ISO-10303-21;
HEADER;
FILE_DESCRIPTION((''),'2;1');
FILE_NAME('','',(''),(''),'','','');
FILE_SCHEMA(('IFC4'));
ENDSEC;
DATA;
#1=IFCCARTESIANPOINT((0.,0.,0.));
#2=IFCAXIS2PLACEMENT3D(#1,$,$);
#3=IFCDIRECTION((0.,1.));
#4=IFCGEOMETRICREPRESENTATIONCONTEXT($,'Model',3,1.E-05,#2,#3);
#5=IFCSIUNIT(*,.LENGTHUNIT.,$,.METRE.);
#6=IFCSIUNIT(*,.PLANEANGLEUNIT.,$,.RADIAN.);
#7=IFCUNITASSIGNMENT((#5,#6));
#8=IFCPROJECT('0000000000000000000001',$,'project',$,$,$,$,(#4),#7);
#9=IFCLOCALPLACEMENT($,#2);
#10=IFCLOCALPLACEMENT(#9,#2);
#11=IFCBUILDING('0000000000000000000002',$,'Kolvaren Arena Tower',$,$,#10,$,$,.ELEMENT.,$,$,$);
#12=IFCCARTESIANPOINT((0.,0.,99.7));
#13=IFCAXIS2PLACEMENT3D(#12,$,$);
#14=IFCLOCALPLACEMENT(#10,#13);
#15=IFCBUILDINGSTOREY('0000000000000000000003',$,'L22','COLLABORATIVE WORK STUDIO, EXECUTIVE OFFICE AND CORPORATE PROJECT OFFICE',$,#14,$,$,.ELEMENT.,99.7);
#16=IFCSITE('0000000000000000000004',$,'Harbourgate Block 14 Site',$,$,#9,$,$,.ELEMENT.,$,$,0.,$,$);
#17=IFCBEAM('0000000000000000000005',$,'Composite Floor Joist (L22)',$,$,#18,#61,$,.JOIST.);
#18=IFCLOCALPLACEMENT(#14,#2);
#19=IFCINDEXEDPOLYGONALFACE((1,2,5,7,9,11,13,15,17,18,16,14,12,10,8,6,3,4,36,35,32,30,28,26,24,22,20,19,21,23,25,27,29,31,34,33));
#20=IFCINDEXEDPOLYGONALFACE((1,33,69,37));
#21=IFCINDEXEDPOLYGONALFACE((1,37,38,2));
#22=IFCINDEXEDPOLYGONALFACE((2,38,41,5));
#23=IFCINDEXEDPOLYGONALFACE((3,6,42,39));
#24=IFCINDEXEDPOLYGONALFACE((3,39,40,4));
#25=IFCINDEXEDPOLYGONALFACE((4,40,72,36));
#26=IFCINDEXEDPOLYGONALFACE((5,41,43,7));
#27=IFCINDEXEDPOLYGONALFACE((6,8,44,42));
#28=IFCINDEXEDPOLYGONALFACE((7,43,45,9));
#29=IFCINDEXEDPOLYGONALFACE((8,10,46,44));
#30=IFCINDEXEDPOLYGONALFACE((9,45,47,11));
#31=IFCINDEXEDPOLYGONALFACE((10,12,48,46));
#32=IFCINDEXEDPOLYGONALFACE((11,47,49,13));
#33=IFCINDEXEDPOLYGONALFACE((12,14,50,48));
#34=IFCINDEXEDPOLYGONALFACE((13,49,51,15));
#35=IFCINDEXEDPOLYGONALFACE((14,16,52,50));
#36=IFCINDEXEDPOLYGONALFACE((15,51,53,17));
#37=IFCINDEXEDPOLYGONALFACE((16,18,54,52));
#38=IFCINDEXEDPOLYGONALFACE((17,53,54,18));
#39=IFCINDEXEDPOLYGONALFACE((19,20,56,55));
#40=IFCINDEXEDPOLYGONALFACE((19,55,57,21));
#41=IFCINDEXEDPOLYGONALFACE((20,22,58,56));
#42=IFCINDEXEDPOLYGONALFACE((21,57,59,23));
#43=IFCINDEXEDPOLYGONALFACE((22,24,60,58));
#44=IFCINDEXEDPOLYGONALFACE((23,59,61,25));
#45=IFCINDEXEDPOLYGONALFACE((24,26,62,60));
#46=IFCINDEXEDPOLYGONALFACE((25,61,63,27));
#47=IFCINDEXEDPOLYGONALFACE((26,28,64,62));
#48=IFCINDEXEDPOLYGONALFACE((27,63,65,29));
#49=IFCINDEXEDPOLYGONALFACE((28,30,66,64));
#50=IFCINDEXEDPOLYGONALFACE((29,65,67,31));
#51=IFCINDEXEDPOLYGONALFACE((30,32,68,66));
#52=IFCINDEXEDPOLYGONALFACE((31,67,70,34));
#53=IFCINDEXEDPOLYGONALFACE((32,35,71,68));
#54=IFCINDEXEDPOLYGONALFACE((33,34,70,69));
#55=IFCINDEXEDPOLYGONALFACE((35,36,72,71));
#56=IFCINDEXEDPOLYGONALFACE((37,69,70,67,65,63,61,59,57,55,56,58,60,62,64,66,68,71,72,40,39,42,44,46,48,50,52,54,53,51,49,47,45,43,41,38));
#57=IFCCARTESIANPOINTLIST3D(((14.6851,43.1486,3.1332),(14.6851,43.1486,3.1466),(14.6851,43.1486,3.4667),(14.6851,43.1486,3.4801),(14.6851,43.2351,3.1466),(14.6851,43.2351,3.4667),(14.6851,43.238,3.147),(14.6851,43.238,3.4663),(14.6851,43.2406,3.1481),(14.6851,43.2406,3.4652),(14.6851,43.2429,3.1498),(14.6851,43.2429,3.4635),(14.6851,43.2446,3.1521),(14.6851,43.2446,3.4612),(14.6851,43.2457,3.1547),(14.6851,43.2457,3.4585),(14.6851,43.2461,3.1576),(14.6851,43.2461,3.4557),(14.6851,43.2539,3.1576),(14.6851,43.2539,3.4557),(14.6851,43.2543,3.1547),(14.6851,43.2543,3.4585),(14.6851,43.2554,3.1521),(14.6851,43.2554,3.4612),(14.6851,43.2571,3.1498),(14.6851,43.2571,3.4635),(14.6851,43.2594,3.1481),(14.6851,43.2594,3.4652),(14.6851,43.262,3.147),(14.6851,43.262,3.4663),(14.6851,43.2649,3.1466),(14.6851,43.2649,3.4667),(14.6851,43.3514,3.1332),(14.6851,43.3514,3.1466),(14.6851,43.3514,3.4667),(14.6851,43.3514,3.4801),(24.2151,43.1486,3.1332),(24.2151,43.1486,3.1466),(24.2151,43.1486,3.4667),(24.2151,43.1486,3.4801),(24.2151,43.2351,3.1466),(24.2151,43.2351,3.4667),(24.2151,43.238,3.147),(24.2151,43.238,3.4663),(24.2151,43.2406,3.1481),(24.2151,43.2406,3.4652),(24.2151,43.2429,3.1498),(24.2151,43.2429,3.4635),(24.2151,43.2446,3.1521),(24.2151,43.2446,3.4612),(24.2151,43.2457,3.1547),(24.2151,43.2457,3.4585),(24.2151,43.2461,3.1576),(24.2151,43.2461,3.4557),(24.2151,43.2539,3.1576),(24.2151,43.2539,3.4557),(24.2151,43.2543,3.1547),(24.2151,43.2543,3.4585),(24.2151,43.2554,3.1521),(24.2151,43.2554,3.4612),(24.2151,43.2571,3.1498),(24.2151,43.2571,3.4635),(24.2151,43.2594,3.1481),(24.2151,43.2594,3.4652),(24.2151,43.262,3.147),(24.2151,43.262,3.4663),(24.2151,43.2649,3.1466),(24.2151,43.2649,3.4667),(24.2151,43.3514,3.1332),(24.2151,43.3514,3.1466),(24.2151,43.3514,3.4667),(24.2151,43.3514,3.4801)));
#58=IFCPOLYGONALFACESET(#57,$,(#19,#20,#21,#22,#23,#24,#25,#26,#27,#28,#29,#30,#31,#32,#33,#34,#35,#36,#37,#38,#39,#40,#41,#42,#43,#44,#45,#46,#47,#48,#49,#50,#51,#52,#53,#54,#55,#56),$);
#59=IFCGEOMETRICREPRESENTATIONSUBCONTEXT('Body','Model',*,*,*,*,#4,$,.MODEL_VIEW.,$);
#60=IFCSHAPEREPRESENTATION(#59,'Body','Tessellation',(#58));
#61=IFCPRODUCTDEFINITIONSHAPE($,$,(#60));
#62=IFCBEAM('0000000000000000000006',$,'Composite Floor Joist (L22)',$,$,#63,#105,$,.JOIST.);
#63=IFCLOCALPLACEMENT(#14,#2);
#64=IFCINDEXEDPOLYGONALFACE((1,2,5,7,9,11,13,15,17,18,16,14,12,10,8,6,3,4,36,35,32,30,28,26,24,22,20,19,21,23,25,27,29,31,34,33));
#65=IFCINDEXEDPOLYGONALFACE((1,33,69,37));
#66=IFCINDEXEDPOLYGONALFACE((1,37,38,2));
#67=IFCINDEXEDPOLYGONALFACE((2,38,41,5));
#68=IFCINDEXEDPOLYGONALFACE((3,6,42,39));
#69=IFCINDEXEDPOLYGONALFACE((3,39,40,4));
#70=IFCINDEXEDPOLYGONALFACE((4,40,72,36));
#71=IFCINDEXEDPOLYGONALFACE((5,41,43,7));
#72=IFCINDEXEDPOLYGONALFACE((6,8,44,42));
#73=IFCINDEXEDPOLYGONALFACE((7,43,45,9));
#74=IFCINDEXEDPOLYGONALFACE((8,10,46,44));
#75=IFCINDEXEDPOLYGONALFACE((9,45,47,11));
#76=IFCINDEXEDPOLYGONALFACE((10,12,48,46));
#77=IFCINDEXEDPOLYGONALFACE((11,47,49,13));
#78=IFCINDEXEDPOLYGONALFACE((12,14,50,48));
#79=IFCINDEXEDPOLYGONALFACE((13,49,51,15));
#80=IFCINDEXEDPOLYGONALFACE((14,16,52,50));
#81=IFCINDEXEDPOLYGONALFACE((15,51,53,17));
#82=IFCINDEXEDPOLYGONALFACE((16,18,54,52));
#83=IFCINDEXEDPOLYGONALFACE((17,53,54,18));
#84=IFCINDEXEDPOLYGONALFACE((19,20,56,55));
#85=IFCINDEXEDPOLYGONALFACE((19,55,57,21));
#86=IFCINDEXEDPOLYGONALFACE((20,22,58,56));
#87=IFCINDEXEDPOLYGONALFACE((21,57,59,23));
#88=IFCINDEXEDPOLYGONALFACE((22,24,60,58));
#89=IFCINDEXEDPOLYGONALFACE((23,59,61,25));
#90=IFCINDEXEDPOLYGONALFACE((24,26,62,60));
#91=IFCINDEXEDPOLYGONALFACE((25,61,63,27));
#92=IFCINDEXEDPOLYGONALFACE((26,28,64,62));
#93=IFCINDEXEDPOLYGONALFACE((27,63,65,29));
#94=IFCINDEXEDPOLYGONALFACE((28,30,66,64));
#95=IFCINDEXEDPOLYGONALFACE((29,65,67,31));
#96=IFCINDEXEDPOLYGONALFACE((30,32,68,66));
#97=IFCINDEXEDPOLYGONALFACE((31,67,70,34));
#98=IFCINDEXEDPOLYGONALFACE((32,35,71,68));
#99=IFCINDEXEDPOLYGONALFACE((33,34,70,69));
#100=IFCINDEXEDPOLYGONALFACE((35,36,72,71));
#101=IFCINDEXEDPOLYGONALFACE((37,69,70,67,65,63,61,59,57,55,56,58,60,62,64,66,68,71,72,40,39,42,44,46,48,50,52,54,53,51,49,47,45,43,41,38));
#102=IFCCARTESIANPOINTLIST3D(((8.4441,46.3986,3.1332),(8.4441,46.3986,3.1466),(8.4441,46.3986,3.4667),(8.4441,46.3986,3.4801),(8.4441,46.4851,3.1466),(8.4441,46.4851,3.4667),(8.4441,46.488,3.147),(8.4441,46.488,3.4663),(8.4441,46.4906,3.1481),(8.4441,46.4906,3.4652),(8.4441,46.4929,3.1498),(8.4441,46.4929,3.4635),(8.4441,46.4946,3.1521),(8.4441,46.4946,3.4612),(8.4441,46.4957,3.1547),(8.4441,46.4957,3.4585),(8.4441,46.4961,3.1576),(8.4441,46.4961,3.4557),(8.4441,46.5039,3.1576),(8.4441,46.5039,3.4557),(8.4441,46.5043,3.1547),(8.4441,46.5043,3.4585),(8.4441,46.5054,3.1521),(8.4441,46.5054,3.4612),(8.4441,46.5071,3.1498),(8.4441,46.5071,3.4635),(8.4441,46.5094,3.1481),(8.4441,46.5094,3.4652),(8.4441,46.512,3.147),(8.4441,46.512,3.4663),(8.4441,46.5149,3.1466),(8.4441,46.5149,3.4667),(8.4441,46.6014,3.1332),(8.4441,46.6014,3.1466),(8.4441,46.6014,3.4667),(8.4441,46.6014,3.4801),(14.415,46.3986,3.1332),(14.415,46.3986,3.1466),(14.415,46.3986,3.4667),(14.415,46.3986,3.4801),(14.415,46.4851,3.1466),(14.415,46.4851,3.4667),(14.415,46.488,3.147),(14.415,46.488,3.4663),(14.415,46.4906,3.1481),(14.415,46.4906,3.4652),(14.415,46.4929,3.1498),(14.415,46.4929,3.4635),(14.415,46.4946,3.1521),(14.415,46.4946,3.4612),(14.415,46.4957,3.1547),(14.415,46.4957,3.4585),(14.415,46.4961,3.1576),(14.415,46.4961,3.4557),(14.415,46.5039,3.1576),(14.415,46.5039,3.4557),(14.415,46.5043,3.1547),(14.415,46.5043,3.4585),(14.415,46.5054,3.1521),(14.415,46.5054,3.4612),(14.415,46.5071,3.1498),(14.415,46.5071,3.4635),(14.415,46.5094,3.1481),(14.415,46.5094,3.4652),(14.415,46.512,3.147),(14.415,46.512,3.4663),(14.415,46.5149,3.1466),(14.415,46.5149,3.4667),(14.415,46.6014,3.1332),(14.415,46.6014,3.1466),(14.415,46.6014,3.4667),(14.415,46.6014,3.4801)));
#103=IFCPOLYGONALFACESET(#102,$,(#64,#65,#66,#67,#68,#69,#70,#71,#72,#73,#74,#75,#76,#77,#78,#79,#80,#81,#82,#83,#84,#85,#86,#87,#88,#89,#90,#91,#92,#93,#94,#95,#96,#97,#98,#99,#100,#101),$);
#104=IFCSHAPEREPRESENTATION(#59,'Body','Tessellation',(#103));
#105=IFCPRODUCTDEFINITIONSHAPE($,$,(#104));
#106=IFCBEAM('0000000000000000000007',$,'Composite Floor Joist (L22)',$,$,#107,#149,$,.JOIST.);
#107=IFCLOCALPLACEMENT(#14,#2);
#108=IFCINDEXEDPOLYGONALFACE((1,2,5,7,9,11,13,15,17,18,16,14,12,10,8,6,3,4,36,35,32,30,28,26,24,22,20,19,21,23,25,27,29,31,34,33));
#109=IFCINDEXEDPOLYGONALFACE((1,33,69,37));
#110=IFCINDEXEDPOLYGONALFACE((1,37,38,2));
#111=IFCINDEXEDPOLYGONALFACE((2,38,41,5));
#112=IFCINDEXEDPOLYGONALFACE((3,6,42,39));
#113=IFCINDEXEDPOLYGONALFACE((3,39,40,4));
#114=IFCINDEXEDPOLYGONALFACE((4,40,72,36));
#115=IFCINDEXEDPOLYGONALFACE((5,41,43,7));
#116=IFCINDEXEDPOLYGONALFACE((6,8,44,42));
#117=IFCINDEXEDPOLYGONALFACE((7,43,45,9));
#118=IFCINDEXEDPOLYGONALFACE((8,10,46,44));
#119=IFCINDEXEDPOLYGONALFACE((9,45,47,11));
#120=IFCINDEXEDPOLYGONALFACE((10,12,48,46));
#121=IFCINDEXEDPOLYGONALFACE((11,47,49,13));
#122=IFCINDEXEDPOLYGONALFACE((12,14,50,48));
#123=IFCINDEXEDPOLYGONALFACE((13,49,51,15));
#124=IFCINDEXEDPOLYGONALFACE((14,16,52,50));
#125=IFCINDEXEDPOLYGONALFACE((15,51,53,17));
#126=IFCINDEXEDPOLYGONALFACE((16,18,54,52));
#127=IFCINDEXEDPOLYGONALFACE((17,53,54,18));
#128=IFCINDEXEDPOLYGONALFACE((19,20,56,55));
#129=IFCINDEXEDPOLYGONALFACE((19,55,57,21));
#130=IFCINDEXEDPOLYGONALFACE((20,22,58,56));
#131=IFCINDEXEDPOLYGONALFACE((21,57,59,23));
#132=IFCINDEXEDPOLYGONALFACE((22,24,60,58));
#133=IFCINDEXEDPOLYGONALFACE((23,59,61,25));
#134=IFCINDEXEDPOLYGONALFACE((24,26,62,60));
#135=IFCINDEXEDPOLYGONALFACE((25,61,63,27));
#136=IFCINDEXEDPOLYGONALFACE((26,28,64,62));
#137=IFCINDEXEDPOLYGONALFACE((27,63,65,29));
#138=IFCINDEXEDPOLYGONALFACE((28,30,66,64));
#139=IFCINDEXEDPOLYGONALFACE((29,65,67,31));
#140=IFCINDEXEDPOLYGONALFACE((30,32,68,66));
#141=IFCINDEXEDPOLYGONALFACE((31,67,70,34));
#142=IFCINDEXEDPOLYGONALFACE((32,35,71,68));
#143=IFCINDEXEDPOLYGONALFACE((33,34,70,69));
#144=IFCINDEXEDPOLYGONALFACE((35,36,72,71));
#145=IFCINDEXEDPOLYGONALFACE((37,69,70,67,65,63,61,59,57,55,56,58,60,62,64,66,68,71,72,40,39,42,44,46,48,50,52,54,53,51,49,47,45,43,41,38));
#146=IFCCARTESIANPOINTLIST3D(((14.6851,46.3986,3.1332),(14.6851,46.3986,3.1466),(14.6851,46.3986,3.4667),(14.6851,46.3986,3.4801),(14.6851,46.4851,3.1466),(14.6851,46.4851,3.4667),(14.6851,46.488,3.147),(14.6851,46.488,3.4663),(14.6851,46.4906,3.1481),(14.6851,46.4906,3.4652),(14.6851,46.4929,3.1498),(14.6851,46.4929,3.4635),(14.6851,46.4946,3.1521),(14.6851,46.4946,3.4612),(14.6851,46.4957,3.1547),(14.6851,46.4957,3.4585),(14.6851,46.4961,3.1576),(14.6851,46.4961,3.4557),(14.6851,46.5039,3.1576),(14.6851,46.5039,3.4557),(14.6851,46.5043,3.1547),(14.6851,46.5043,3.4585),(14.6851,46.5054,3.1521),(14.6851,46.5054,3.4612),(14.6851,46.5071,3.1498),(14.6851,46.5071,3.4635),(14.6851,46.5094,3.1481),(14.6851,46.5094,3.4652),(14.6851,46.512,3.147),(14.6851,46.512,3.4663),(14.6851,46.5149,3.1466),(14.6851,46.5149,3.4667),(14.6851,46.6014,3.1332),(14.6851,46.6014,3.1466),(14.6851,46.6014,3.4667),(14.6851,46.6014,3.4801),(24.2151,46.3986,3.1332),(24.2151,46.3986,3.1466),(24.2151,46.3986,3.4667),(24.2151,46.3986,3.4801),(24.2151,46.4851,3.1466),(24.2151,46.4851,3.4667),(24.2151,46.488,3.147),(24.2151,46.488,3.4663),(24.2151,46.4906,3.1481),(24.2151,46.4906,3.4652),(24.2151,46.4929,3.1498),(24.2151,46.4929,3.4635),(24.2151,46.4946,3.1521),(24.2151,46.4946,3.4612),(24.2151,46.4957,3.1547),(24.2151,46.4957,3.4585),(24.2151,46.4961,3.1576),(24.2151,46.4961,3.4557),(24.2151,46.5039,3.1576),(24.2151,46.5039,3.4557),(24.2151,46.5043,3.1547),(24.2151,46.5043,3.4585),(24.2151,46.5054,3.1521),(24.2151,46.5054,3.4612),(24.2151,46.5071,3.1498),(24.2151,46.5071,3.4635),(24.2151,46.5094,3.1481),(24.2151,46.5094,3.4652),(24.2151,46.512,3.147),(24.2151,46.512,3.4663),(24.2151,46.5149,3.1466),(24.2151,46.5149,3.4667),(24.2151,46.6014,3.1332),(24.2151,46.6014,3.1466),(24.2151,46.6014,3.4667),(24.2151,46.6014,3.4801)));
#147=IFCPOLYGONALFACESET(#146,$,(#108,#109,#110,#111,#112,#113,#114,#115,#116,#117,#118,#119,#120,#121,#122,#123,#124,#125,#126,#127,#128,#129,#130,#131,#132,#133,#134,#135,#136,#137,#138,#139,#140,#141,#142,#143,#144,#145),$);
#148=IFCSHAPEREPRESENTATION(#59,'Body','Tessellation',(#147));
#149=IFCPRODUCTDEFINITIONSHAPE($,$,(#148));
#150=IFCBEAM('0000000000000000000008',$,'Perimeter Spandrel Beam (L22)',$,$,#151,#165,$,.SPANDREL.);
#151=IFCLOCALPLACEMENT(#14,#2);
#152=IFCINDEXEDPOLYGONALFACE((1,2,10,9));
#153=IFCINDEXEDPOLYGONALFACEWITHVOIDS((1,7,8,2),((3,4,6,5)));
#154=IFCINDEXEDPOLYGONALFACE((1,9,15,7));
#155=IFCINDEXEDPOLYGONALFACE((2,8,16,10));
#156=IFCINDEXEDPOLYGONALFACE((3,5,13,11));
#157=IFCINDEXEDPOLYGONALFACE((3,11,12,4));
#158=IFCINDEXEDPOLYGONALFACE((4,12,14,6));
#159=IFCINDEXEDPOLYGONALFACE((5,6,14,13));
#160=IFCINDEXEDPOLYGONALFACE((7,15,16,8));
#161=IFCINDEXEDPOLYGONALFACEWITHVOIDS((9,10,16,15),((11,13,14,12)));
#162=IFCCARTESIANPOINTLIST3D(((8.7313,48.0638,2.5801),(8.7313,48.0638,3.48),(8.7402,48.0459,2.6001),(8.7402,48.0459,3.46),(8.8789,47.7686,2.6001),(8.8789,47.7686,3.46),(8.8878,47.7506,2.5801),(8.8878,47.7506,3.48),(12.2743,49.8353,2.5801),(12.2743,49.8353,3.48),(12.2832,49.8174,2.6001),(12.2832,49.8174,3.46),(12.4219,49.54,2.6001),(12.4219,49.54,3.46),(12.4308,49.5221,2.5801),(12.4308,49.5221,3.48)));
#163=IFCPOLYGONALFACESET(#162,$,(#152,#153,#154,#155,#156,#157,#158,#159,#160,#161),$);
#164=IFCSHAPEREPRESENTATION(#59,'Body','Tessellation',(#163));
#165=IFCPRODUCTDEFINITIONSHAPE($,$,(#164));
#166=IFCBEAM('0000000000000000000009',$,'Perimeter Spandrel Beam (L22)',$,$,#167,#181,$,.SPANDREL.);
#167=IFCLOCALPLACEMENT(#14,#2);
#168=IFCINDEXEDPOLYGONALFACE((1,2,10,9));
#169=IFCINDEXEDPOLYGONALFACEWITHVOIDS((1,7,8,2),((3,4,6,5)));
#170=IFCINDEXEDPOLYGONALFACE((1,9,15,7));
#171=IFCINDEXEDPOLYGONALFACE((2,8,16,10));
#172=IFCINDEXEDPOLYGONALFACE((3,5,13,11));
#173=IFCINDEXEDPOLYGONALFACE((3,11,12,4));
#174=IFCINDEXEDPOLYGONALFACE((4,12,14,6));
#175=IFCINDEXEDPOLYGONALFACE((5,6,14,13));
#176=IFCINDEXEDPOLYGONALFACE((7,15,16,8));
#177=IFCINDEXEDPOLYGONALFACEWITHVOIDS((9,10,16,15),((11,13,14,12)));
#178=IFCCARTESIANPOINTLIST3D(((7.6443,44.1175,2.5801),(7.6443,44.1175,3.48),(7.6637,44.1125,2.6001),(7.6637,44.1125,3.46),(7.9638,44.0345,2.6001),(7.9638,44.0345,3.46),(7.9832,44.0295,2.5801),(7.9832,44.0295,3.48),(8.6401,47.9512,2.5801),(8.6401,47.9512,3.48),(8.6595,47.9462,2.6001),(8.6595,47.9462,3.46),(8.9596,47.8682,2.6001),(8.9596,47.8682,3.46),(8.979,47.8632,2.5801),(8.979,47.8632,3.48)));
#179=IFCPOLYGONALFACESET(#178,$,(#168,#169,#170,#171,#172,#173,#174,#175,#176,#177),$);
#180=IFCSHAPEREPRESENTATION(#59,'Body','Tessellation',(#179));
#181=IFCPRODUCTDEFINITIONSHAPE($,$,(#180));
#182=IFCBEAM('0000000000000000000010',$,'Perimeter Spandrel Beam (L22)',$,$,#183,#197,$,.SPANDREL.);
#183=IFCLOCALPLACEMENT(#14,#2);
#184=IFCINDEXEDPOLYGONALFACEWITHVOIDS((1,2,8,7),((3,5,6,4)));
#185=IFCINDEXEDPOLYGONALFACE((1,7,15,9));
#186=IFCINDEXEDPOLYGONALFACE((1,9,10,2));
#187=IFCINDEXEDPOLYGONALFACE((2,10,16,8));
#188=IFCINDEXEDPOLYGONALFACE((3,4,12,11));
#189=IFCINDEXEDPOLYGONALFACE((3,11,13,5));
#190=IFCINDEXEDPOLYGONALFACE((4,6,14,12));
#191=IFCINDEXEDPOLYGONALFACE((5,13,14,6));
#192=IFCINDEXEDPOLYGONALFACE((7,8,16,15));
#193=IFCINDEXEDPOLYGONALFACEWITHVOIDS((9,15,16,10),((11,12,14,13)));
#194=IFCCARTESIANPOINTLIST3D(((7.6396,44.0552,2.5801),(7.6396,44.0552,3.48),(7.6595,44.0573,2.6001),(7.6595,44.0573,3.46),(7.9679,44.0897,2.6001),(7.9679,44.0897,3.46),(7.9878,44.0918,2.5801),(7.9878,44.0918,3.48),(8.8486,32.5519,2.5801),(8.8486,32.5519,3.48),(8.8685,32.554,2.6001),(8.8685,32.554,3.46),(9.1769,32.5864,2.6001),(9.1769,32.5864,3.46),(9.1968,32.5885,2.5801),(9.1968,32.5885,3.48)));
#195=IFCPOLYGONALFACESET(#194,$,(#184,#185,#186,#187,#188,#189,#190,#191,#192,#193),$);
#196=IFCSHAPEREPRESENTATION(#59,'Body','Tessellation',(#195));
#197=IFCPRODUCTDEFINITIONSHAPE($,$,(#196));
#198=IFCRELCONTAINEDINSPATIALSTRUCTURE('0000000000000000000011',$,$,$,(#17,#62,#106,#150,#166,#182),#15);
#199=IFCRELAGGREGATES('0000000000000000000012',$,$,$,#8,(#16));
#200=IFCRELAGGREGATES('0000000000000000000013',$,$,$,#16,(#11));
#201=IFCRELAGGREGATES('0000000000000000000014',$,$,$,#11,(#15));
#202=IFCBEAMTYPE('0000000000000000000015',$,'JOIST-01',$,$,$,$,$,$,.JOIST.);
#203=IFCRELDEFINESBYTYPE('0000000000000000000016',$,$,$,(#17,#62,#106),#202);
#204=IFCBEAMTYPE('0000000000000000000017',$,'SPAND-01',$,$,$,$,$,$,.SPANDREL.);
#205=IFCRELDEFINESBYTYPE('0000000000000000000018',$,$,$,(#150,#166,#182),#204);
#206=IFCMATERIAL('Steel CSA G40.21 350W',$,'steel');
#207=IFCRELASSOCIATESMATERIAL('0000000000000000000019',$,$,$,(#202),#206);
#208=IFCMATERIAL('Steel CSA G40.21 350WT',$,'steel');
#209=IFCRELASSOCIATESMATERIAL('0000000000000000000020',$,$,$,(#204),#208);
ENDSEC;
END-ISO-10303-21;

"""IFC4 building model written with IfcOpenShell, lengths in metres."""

from ifc_helpers import new_model, si_unit, direction, frame, origin, origin_2d, place, context, subcontext, project, spatial, hollow_rectangle, i_section, extrude, material, material_profile, profile_set, type_object, element, save


model = new_model("IFC4")

# Units and contexts
model_context = context("Model", 3, precision=1e-05, world=origin(), true_north=direction((0.0, 1.0)))
body_context = subcontext(model_context, "Body", "Model", "MODEL_VIEW")
ifc_project = project(units=[si_unit("LENGTHUNIT", "METRE"), si_unit("PLANEANGLEUNIT", "RADIAN")], contexts=[model_context])

# Site, building, storey
site_placement = place(None, origin())
site = spatial("IfcSite", under=ifc_project, at=site_placement, Name="Harbourgate Block 14 Site", CompositionType="ELEMENT", RefElevation=0.0)
building_placement = place(site_placement, origin())
building = spatial("IfcBuilding", under=site, at=building_placement, Name="Kolvaren Arena Tower", CompositionType="ELEMENT")
storey_placement = place(building_placement, frame((0.0, 0.0, 99.7)))
storey = spatial("IfcBuildingStorey", under=building, at=storey_placement, Name="L22", Description="COLLABORATIVE WORK STUDIO, EXECUTIVE OFFICE AND CORPORATE PROJECT OFFICE", CompositionType="ELEMENT", Elevation=99.7)

# Beams
ifc_material_1 = material(Name="Steel CSA G40.21 350W", Category="steel")
ifc_material_profile_1 = material_profile(ifc_material_1, i_section(OverallWidth=0.2029, OverallDepth=0.3469, WebThickness=0.0078, FlangeThickness=0.0134, FilletRadius=0.011, at=origin_2d()), Name="W360x64")
ifc_profile_set_1 = profile_set([ifc_material_profile_1], Name="Steel CSA G40.21 350W")
beam_type_1 = type_object("IfcBeamType", Name="JOIST-01", PredefinedType="JOIST", material=ifc_profile_set_1)
beam_1_placement = place(storey_placement, frame((14.6851, 43.25, 3.3066), z_axis=(1.0, 0.0, 0.0), x_axis=(0.0, 1.0, 0.0)))
element("IfcBeam", 1, at=beam_1_placement, inside=storey, type_object=beam_type_1, Name="Composite Floor Joist (L22)", PredefinedType="JOIST", context=body_context, shape_type="SweptSolid", body=[
    extrude(i_section(OverallWidth=0.2029, OverallDepth=0.3469, WebThickness=0.0078, FlangeThickness=0.0134, FilletRadius=0.011, at=origin_2d()), origin(), (0.0, 0.0, 1.0), 9.53),
])
beam_2_placement = place(storey_placement, frame((8.4441, 46.5, 3.3066), z_axis=(1.0, 0.0, 0.0), x_axis=(0.0, 1.0, 0.0)))
element("IfcBeam", 2, at=beam_2_placement, inside=storey, type_object=beam_type_1, Name="Composite Floor Joist (L22)", PredefinedType="JOIST", context=body_context, shape_type="SweptSolid", body=[
    extrude(i_section(OverallWidth=0.2029, OverallDepth=0.3469, WebThickness=0.0078, FlangeThickness=0.0134, FilletRadius=0.011, at=origin_2d()), origin(), (0.0, 0.0, 1.0), 5.9709),
])
beam_3_placement = place(storey_placement, frame((14.6851, 46.5, 3.3066), z_axis=(1.0, 0.0, 0.0), x_axis=(0.0, 1.0, 0.0)))
element("IfcBeam", 3, at=beam_3_placement, inside=storey, type_object=beam_type_1, Name="Composite Floor Joist (L22)", PredefinedType="JOIST", context=body_context, shape_type="SweptSolid", body=[
    extrude(i_section(OverallWidth=0.2029, OverallDepth=0.3469, WebThickness=0.0078, FlangeThickness=0.0134, FilletRadius=0.011, at=origin_2d()), origin(), (0.0, 0.0, 1.0), 9.53),
])
ifc_material_2 = material(Name="Steel CSA G40.21 350WT", Category="steel")
ifc_material_profile_2 = material_profile(ifc_material_2, hollow_rectangle(XDim=0.3501, YDim=0.8999, WallThickness=0.02, at=origin_2d()), Name="HSS 900x350x20")
ifc_profile_set_2 = profile_set([ifc_material_profile_2], Name="Steel CSA G40.21 350WT")
beam_type_2 = type_object("IfcBeamType", Name="SPAND-01", PredefinedType="SPANDREL", material=ifc_profile_set_2)
beam_4_placement = place(storey_placement, frame((12.3525, 49.6787, 3.03), z_axis=(-0.894427, -0.447214, 0.0), x_axis=(0.447214, -0.894427, 0.0)))
element("IfcBeam", 4, at=beam_4_placement, inside=storey, type_object=beam_type_2, Name="Perimeter Spandrel Beam (L22)", PredefinedType="SPANDREL", context=body_context, shape_type="SweptSolid", body=[
    extrude(hollow_rectangle(XDim=0.3501, YDim=0.8999, WallThickness=0.02, at=origin_2d()), origin(), (0.0, 0.0, 1.0), 3.9612),
])
beam_5_placement = place(storey_placement, frame((8.8096, 47.9072, 3.03), z_axis=(-0.251416, -0.967879, 0.0), x_axis=(0.967879, -0.251416, 0.0)))
element("IfcBeam", 5, at=beam_5_placement, inside=storey, type_object=beam_type_2, Name="Perimeter Spandrel Beam (L22)", PredefinedType="SPANDREL", context=body_context, shape_type="SweptSolid", body=[
    extrude(hollow_rectangle(XDim=0.3501, YDim=0.8999, WallThickness=0.02, at=origin_2d()), origin(), (0.0, 0.0, 1.0), 3.9609),
])
beam_6_placement = place(storey_placement, frame((7.8137, 44.0735, 3.03), z_axis=(0.104524, -0.994522, 0.0), x_axis=(0.994522, 0.104524, 0.0)))
element("IfcBeam", 6, at=beam_6_placement, inside=storey, type_object=beam_type_2, Name="Perimeter Spandrel Beam (L22)", PredefinedType="SPANDREL", context=body_context, shape_type="SweptSolid", body=[
    extrude(hollow_rectangle(XDim=0.3501, YDim=0.8999, WallThickness=0.02, at=origin_2d()), origin(), (0.0, 0.0, 1.0), 11.5667),
])

save(model, "model.ifc")
